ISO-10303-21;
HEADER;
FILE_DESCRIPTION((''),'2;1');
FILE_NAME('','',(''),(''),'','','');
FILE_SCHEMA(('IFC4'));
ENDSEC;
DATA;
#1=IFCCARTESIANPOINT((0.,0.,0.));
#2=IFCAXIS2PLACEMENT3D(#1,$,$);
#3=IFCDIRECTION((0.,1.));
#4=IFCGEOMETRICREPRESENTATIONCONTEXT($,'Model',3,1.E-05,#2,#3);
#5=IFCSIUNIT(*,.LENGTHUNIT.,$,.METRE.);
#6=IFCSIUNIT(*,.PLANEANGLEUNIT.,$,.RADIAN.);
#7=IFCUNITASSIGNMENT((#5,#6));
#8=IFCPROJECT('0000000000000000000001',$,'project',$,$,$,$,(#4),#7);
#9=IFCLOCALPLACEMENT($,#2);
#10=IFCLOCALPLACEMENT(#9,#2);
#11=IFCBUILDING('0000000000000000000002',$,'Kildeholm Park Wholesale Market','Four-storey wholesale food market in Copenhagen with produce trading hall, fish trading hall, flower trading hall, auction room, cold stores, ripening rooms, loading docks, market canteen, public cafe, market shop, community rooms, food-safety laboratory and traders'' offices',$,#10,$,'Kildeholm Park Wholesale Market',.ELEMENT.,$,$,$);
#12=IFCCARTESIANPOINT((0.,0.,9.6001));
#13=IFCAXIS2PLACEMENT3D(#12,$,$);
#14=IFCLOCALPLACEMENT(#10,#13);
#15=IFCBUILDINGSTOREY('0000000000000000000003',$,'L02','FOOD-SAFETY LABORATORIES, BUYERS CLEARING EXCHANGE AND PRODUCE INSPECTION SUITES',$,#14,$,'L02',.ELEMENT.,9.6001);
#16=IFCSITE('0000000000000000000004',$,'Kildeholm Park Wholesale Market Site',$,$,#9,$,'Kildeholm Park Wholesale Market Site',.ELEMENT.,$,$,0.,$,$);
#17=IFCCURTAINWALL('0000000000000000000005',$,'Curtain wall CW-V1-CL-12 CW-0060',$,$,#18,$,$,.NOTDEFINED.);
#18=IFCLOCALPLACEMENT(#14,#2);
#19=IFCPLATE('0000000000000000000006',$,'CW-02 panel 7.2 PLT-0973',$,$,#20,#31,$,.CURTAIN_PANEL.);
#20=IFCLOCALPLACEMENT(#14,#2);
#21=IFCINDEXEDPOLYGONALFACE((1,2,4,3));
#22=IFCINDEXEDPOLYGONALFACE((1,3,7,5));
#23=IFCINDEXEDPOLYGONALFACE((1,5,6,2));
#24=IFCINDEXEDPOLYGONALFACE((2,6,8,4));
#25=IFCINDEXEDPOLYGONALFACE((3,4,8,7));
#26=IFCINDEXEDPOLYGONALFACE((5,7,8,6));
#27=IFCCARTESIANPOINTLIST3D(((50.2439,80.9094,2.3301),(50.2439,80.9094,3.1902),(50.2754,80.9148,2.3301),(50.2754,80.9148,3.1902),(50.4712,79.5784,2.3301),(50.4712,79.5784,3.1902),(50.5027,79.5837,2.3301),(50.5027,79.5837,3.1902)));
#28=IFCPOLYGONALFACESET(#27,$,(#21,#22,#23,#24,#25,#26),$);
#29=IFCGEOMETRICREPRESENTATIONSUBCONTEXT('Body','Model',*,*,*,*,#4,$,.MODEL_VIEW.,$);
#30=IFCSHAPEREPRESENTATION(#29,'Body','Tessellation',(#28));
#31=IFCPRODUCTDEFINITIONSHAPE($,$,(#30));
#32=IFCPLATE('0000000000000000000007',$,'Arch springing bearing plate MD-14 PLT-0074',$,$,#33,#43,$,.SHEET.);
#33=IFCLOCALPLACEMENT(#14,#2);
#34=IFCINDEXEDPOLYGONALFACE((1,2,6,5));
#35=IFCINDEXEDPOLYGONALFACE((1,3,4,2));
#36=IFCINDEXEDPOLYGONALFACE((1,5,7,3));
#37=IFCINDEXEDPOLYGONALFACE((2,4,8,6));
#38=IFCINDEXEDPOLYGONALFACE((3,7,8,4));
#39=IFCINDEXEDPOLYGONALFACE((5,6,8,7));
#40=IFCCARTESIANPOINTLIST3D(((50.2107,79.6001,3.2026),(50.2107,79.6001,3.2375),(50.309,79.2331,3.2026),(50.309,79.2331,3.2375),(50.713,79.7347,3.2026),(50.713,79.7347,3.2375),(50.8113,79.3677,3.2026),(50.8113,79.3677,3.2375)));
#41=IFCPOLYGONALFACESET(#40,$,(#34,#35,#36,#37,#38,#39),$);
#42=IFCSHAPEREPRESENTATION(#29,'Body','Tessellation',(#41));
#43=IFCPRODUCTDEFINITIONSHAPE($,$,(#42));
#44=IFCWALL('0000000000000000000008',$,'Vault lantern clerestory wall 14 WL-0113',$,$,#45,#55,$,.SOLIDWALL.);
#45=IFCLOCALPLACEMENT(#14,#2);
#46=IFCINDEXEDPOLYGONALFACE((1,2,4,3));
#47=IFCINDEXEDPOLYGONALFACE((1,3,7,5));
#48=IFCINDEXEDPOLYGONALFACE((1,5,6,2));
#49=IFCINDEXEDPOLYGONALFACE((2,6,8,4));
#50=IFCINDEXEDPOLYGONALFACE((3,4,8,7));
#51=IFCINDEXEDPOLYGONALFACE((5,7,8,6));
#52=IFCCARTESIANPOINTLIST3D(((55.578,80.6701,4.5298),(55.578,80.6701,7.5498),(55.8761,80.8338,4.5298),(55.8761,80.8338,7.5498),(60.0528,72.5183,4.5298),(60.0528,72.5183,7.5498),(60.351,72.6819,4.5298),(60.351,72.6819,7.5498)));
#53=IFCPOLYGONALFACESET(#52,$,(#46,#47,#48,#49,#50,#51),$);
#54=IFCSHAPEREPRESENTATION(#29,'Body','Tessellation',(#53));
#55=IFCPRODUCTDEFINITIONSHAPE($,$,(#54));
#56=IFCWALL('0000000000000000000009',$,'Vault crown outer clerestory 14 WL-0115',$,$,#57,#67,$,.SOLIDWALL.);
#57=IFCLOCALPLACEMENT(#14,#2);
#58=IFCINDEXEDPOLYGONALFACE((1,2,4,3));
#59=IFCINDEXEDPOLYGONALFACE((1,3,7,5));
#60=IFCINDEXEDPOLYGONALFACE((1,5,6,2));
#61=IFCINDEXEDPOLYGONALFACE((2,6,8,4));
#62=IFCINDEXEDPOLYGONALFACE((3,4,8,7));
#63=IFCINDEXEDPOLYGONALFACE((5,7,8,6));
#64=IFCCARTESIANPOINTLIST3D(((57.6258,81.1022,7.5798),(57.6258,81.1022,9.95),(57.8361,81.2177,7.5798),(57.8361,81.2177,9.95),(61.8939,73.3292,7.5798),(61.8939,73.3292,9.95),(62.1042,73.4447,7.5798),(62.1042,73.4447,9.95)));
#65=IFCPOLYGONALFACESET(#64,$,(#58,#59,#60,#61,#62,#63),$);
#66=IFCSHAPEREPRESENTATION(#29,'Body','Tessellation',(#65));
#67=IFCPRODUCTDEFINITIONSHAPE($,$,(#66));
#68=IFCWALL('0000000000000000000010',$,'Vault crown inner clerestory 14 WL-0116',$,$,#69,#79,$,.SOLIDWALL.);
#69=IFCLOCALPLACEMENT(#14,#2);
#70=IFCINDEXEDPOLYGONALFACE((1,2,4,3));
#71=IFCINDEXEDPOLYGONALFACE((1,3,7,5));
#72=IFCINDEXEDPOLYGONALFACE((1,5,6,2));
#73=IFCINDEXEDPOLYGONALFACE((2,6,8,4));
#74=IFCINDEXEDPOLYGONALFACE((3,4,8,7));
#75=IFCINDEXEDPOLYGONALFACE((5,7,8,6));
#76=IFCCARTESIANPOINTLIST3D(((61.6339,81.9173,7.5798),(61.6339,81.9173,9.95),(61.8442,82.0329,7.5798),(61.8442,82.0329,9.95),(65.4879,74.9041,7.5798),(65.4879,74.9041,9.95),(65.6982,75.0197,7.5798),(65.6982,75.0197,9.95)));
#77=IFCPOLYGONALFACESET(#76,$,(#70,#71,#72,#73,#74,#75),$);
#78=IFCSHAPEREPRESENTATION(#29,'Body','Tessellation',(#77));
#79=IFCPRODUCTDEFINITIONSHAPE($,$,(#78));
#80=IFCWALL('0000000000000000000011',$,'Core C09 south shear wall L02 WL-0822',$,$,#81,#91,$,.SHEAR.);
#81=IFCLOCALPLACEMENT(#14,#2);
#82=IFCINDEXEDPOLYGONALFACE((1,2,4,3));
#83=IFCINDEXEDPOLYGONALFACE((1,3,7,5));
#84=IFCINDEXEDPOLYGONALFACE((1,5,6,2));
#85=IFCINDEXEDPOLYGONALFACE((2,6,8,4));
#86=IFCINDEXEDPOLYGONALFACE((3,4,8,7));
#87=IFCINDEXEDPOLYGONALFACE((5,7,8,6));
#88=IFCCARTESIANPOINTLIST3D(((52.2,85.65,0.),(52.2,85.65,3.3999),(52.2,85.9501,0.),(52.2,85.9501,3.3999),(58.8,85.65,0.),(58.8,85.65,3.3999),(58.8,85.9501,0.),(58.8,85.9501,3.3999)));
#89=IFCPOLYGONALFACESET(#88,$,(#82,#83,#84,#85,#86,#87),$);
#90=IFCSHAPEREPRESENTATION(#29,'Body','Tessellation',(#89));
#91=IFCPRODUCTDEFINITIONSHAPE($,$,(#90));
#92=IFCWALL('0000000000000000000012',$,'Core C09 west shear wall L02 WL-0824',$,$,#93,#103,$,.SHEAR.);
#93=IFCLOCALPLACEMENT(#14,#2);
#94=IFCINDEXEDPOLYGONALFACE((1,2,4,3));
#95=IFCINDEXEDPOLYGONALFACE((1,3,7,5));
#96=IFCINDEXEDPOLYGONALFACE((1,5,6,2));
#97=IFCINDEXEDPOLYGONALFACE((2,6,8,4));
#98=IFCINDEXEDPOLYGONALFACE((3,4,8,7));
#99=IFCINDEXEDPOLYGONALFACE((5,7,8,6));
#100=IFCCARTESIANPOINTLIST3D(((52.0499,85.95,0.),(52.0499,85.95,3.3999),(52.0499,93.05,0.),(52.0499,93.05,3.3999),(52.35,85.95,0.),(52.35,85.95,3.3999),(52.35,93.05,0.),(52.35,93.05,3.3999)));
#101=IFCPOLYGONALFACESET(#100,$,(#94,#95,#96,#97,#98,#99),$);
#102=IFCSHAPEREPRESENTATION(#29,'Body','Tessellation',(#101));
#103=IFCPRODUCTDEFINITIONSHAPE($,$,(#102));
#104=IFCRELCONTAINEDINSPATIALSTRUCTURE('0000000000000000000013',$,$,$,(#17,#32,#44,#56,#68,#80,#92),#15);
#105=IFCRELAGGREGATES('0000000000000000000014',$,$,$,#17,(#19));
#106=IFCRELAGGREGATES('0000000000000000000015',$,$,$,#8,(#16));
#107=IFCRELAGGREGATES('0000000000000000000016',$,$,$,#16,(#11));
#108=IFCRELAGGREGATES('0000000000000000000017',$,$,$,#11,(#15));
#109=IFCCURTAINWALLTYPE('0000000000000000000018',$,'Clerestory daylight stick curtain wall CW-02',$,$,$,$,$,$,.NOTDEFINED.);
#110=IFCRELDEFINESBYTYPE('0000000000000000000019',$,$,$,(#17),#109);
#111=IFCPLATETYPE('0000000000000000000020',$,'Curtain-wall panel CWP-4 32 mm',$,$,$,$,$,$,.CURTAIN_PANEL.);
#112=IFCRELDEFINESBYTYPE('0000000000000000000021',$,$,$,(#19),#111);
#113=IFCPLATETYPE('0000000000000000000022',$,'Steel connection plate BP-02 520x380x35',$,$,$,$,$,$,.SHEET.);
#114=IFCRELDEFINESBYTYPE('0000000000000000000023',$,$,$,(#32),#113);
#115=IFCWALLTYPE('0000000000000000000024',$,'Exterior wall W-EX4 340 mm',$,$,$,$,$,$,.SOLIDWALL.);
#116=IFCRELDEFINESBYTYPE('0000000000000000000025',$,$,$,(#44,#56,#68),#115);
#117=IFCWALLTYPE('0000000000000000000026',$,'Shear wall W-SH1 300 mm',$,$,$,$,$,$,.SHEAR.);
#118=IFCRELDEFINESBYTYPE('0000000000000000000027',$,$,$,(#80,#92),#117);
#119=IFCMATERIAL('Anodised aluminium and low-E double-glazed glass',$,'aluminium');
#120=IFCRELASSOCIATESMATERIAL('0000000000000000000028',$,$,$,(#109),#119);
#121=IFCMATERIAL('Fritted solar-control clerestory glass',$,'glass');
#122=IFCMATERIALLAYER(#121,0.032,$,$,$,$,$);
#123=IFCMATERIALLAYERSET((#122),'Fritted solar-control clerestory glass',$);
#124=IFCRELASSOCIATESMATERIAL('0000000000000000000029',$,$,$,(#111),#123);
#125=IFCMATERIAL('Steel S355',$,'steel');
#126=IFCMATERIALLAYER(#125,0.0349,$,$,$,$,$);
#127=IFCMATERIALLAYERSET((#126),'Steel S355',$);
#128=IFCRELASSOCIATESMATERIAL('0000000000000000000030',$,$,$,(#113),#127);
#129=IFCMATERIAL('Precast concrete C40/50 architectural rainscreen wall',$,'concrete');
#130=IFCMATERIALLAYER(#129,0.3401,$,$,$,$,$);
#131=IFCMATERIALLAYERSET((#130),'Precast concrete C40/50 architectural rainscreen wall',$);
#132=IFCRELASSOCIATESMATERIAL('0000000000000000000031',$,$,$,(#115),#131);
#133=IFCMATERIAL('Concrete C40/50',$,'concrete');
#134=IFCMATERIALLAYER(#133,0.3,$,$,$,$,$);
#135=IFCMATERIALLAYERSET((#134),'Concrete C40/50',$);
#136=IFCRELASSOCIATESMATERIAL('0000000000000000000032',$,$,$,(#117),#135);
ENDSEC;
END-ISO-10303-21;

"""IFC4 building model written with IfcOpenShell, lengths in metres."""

from ifc_helpers import new_model, si_unit, direction, frame, frame_2d, origin, origin_2d, place, context, subcontext, project, spatial, rectangle, extrude, material, layer, layer_set, type_object, element, aggregate, save


model = new_model("IFC4")

# Units and contexts
model_context = context("Model", 3, precision=1e-05, world=origin(), true_north=direction((0.0, 1.0)))
body_context = subcontext(model_context, "Body", "Model", "MODEL_VIEW")
ifc_project = project(units=[si_unit("LENGTHUNIT", "METRE"), si_unit("PLANEANGLEUNIT", "RADIAN")], contexts=[model_context])

# Site, building, storey
site_placement = place(None, origin())
site = spatial("IfcSite", under=ifc_project, at=site_placement, Name="Kildeholm Park Wholesale Market Site", LongName="Kildeholm Park Wholesale Market Site", CompositionType="ELEMENT", RefElevation=0.0)
building_placement = place(site_placement, origin())
building = spatial("IfcBuilding", under=site, at=building_placement, Name="Kildeholm Park Wholesale Market", Description="Four-storey wholesale food market in Copenhagen with produce trading hall, fish trading hall, flower trading hall, auction room, cold stores, ripening rooms, loading docks, market canteen, public cafe, market shop, community rooms, food-safety laboratory and traders' offices", LongName="Kildeholm Park Wholesale Market", CompositionType="ELEMENT")
storey_placement = place(building_placement, frame((0.0, 0.0, 9.6001)))
storey = spatial("IfcBuildingStorey", under=building, at=storey_placement, Name="L02", Description="FOOD-SAFETY LABORATORIES, BUYERS CLEARING EXCHANGE AND PRODUCE INSPECTION SUITES", LongName="L02", CompositionType="ELEMENT", Elevation=9.6001)

# Shared definitions
ifc_material_1 = material(Name="Steel S355", Category="steel")

# Curtain wall
ifc_material_2 = material(Name="Anodised aluminium and low-E double-glazed glass", Category="aluminium")
curtain_wall_type = type_object("IfcCurtainWallType", Name="Clerestory daylight stick curtain wall CW-02", PredefinedType="NOTDEFINED", material=ifc_material_2)
curtain_wall_1_placement = place(storey_placement, origin())
curtain_wall_1 = element("IfcCurtainWall", 1, at=curtain_wall_1_placement, inside=storey, type_object=curtain_wall_type, Name="Curtain wall CW-V1-CL-12 CW-0060", PredefinedType="NOTDEFINED")

# Plates
ifc_material_3 = material(Name="Fritted solar-control clerestory glass", Category="glass")
ifc_layer_1 = layer(ifc_material_3, 0.032)
ifc_layer_set_1 = layer_set([ifc_layer_1], Name="Fritted solar-control clerestory glass")
plate_type_1 = type_object("IfcPlateType", Name="Curtain-wall panel CWP-4 32 mm", PredefinedType="CURTAIN_PANEL", material=ifc_layer_set_1)
plate_1_placement = place(storey_placement, frame((50.3733, 80.2466, 2.3301), z_axis=(0.0, 0.0, 1.0), x_axis=(0.168322, -0.985732, 0.0)))
plate_1 = element("IfcPlate", 2, at=plate_1_placement, type_object=plate_type_1, Name="CW-02 panel 7.2 PLT-0973", PredefinedType="CURTAIN_PANEL", context=body_context, shape_type="SweptSolid", body=[
    extrude(rectangle(XDim=1.3503, YDim=0.032, at=origin_2d()), origin(), (0.0, 0.0, 1.0), 0.8601),
])
aggregate(curtain_wall_1, [plate_1])
ifc_layer_2 = layer(ifc_material_1, 0.0349)
ifc_layer_set_2 = layer_set([ifc_layer_2], Name="Steel S355")
plate_type_2 = type_object("IfcPlateType", Name="Steel connection plate BP-02 520x380x35", PredefinedType="SHEET", material=ifc_layer_set_2)
plate_2_placement = place(storey_placement, frame((50.511, 79.4839, 3.2026), z_axis=(0.0, 0.0, 1.0), x_axis=(-0.965926, -0.258819, 0.0)))
element("IfcPlate", 3, at=plate_2_placement, inside=storey, type_object=plate_type_2, Name="Arch springing bearing plate MD-14 PLT-0074", PredefinedType="SHEET", context=body_context, shape_type="SweptSolid", body=[
    extrude(rectangle(XDim=0.52, YDim=0.3799, at=origin_2d()), origin(), (0.0, 0.0, 1.0), 0.0349),
])

# Walls
ifc_material_4 = material(Name="Precast concrete C40/50 architectural rainscreen wall", Category="concrete")
ifc_layer_3 = layer(ifc_material_4, 0.3401)
ifc_layer_set_3 = layer_set([ifc_layer_3], Name="Precast concrete C40/50 architectural rainscreen wall")
wall_type_1 = type_object("IfcWallType", Name="Exterior wall W-EX4 340 mm", PredefinedType="SOLIDWALL", material=ifc_layer_set_3)
wall_1_placement = place(storey_placement, frame((55.7271, 80.752, 4.5298), z_axis=(0.0, 0.0, 1.0), x_axis=(0.481203, -0.876609, 0.0)))
element("IfcWall", 4, at=wall_1_placement, inside=storey, type_object=wall_type_1, Name="Vault lantern clerestory wall 14 WL-0113", PredefinedType="SOLIDWALL", context=body_context, shape_type="SweptSolid", body=[
    extrude(rectangle(XDim=9.2993, YDim=0.3401, at=frame_2d((4.6497, 0.0))), origin(), (0.0, 0.0, 1.0), 3.02),
])
wall_2_placement = place(storey_placement, frame((57.731, 81.1599, 7.5798), z_axis=(0.0, 0.0, 1.0), x_axis=(0.481308, -0.876552, 0.0)))
element("IfcWall", 5, at=wall_2_placement, inside=storey, type_object=wall_type_1, Name="Vault crown outer clerestory 14 WL-0115", PredefinedType="SOLIDWALL", context=body_context, shape_type="SweptSolid", body=[
    extrude(rectangle(XDim=8.8677, YDim=0.24, at=frame_2d((4.4338, 0.0))), origin(), (0.0, 0.0, 1.0), 2.3701),
])
wall_3_placement = place(storey_placement, frame((61.739, 81.9751, 7.5798), z_axis=(0.0, 0.0, 1.0), x_axis=(0.481607, -0.876387, 0.0)))
element("IfcWall", 6, at=wall_3_placement, inside=storey, type_object=wall_type_1, Name="Vault crown inner clerestory 14 WL-0116", PredefinedType="SOLIDWALL", context=body_context, shape_type="SweptSolid", body=[
    extrude(rectangle(XDim=8.0024, YDim=0.24, at=frame_2d((4.0012, 0.0))), origin(), (0.0, 0.0, 1.0), 2.3701),
])
ifc_material_5 = material(Name="Concrete C40/50", Category="concrete")
ifc_layer_4 = layer(ifc_material_5, 0.3)
ifc_layer_set_4 = layer_set([ifc_layer_4], Name="Concrete C40/50")
wall_type_2 = type_object("IfcWallType", Name="Shear wall W-SH1 300 mm", PredefinedType="SHEAR", material=ifc_layer_set_4)
wall_4_placement = place(storey_placement, frame((52.2, 85.8, 0.0), z_axis=(0.0, 0.0, 1.0), x_axis=(1.0, 0.0, 0.0)))
element("IfcWall", 7, at=wall_4_placement, inside=storey, type_object=wall_type_2, Name="Core C09 south shear wall L02 WL-0822", PredefinedType="SHEAR", context=body_context, shape_type="SweptSolid", body=[
    extrude(rectangle(XDim=6.6001, YDim=0.3, at=frame_2d((3.3, 0.0))), origin(), (0.0, 0.0, 1.0), 3.3999),
])
wall_5_placement = place(storey_placement, frame((52.2, 85.95, 0.0), z_axis=(0.0, 0.0, 1.0), x_axis=(0.0, 1.0, 0.0)))
element("IfcWall", 8, at=wall_5_placement, inside=storey, type_object=wall_type_2, Name="Core C09 west shear wall L02 WL-0824", PredefinedType="SHEAR", context=body_context, shape_type="SweptSolid", body=[
    extrude(rectangle(XDim=7.1001, YDim=0.3, at=frame_2d((3.55, 0.0))), origin(), (0.0, 0.0, 1.0), 3.3999),
])

save(model, "model.ifc")
